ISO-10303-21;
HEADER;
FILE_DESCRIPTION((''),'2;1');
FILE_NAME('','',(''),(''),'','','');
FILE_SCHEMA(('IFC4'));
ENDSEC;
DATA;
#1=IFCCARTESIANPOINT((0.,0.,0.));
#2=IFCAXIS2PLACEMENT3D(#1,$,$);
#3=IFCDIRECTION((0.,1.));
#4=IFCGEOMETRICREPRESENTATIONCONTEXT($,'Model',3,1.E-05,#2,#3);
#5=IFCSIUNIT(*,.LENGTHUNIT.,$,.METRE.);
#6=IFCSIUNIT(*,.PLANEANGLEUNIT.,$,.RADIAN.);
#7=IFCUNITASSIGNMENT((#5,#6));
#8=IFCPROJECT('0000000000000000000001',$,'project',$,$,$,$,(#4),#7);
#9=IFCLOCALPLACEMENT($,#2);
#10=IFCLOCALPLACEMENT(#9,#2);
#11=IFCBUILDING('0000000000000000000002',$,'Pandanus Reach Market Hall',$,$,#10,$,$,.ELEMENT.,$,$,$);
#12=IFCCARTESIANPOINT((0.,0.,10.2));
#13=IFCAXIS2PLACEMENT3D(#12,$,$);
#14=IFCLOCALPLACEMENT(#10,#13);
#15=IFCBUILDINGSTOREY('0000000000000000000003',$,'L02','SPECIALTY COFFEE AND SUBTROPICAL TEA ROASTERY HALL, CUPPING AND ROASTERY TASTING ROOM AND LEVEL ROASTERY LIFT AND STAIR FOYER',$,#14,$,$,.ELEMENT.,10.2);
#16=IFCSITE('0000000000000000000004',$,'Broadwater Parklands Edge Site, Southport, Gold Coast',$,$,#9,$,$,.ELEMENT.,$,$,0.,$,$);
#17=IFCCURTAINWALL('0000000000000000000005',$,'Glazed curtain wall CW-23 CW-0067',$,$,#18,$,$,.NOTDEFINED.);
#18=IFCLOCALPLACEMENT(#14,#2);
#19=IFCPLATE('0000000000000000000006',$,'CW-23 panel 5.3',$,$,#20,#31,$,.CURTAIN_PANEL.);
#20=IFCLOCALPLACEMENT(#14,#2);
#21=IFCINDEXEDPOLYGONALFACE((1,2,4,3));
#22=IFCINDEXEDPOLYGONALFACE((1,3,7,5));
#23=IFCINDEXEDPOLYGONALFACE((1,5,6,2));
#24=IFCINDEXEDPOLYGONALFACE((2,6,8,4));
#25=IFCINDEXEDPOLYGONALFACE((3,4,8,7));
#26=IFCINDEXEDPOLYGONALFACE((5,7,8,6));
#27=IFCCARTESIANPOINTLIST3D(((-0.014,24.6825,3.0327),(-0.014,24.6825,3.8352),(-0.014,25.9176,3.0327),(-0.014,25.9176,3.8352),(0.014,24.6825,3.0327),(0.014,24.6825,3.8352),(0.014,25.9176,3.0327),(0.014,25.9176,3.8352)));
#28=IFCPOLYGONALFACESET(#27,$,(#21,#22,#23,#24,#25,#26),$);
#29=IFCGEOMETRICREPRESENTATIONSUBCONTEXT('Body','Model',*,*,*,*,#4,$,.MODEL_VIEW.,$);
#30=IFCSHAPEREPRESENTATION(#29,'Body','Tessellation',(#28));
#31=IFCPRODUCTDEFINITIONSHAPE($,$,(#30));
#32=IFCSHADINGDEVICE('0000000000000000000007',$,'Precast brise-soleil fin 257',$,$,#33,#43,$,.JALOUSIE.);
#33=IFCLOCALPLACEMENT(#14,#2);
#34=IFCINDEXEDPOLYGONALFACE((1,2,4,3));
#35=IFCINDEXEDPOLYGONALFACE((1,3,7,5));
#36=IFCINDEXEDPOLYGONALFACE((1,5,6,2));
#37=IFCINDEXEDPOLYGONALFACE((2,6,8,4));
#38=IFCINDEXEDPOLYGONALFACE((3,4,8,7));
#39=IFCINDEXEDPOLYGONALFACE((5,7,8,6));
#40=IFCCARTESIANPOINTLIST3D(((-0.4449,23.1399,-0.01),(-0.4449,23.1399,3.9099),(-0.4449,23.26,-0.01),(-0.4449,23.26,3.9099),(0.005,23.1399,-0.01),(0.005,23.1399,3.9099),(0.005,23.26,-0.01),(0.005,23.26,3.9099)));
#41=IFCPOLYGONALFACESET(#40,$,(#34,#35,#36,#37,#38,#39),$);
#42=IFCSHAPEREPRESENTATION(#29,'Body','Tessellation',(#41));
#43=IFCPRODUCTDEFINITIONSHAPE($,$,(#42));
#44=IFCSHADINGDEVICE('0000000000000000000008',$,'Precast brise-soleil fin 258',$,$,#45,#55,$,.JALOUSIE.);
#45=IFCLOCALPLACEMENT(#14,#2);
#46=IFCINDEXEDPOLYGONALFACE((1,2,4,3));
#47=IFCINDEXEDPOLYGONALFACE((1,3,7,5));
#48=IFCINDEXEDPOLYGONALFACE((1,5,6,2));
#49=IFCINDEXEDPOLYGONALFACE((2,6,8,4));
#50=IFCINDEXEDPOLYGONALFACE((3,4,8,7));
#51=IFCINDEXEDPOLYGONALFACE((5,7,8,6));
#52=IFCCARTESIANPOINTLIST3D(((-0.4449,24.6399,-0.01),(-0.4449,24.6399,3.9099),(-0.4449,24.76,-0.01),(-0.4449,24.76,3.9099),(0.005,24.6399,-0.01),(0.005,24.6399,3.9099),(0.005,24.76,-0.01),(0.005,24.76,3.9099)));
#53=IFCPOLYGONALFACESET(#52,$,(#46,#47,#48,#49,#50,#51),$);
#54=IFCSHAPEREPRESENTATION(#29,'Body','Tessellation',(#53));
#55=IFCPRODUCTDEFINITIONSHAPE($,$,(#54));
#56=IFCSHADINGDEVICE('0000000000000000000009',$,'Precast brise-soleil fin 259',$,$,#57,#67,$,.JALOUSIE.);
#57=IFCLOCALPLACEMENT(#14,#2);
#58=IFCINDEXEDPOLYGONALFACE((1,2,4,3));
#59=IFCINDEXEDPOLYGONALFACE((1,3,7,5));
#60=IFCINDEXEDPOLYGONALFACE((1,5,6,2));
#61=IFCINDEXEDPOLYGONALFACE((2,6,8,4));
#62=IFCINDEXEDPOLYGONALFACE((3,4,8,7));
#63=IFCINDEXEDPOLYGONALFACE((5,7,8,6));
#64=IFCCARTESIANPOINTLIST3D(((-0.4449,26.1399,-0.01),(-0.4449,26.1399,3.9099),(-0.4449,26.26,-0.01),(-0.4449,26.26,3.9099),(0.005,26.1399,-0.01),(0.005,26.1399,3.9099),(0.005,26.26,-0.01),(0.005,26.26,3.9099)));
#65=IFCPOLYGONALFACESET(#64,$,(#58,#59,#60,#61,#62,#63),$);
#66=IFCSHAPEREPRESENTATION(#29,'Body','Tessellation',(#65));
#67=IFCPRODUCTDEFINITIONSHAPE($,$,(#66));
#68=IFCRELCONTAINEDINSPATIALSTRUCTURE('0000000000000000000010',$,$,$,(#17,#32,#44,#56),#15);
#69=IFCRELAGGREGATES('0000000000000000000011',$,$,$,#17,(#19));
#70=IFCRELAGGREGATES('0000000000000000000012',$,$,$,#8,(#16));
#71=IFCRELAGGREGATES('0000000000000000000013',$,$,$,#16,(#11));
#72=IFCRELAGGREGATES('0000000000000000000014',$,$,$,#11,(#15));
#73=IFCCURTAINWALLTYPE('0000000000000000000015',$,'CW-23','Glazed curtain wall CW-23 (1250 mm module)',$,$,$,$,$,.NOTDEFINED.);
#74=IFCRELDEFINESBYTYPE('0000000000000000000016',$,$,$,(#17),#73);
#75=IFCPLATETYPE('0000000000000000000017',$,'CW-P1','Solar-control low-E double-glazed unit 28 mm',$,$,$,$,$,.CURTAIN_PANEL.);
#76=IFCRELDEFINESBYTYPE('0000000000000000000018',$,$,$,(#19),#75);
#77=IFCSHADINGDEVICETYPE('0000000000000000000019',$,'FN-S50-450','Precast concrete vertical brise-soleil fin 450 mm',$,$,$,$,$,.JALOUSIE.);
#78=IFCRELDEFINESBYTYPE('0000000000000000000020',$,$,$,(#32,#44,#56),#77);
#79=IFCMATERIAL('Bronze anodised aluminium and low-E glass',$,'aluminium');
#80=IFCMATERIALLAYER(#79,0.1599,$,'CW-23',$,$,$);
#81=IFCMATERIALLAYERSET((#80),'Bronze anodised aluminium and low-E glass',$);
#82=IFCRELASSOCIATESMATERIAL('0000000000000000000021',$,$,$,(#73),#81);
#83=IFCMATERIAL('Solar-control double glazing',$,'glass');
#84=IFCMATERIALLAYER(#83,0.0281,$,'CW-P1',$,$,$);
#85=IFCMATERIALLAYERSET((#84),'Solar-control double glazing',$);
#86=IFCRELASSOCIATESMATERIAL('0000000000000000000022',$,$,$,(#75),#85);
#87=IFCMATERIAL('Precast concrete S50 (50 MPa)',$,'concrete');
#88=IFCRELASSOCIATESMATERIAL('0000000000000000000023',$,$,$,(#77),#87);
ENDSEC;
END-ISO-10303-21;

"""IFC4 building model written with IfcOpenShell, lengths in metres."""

from ifc_helpers import new_model, si_unit, direction, frame, origin, origin_2d, place, context, subcontext, project, spatial, rectangle, extrude, material, layer, layer_set, type_object, element, aggregate, save


model = new_model("IFC4")

# Units and contexts
model_context = context("Model", 3, precision=1e-05, world=origin(), true_north=direction((0.0, 1.0)))
body_context = subcontext(model_context, "Body", "Model", "MODEL_VIEW")
ifc_project = project(units=[si_unit("LENGTHUNIT", "METRE"), si_unit("PLANEANGLEUNIT", "RADIAN")], contexts=[model_context])

# Site, building, storey
site_placement = place(None, origin())
site = spatial("IfcSite", under=ifc_project, at=site_placement, Name="Broadwater Parklands Edge Site, Southport, Gold Coast", CompositionType="ELEMENT", RefElevation=0.0)
building_placement = place(site_placement, origin())
building = spatial("IfcBuilding", under=site, at=building_placement, Name="Pandanus Reach Market Hall", CompositionType="ELEMENT")
storey_placement = place(building_placement, frame((0.0, 0.0, 10.2)))
storey = spatial("IfcBuildingStorey", under=building, at=storey_placement, Name="L02", Description="SPECIALTY COFFEE AND SUBTROPICAL TEA ROASTERY HALL, CUPPING AND ROASTERY TASTING ROOM AND LEVEL ROASTERY LIFT AND STAIR FOYER", CompositionType="ELEMENT", Elevation=10.2)

# Curtain wall, plate
ifc_material_1 = material(Name="Bronze anodised aluminium and low-E glass", Category="aluminium")
ifc_layer_1 = layer(ifc_material_1, 0.1599, Name="CW-23")
ifc_layer_set_1 = layer_set([ifc_layer_1], Name="Bronze anodised aluminium and low-E glass")
curtain_wall_type = type_object("IfcCurtainWallType", Name="CW-23", Description="Glazed curtain wall CW-23 (1250 mm module)", PredefinedType="NOTDEFINED", material=ifc_layer_set_1)
curtain_wall_placement = place(storey_placement, origin())
curtain_wall = element("IfcCurtainWall", 1, at=curtain_wall_placement, inside=storey, type_object=curtain_wall_type, Name="Glazed curtain wall CW-23 CW-0067", PredefinedType="NOTDEFINED")
ifc_material_2 = material(Name="Solar-control double glazing", Category="glass")
ifc_layer_2 = layer(ifc_material_2, 0.0281, Name="CW-P1")
ifc_layer_set_2 = layer_set([ifc_layer_2], Name="Solar-control double glazing")
plate_type = type_object("IfcPlateType", Name="CW-P1", Description="Solar-control low-E double-glazed unit 28 mm", PredefinedType="CURTAIN_PANEL", material=ifc_layer_set_2)
plate_1_placement = place(storey_placement, frame((0.0, 25.3, 3.0327), z_axis=(0.0, 0.0, 1.0), x_axis=(0.0, 1.0, 0.0)))
plate_1 = element("IfcPlate", 2, at=plate_1_placement, type_object=plate_type, Name="CW-23 panel 5.3", PredefinedType="CURTAIN_PANEL", context=body_context, shape_type="SweptSolid", body=[
    extrude(rectangle(XDim=1.2351, YDim=0.0281, at=origin_2d()), origin(), (0.0, 0.0, 1.0), 0.8025),
])
aggregate(curtain_wall, [plate_1])

# Shading devices
ifc_material_3 = material(Name="Precast concrete S50 (50 MPa)", Category="concrete")
shading_device_type = type_object("IfcShadingDeviceType", Name="FN-S50-450", Description="Precast concrete vertical brise-soleil fin 450 mm", PredefinedType="JALOUSIE", material=ifc_material_3)
for number, where, z_axis, x_axis, name in (
    (3, (-0.22, 23.2, -0.01), (0.0, 0.0, 1.0), (-1.0, 0.0, 0.0), "Precast brise-soleil fin 257"),
    (4, (-0.22, 24.7, -0.01), (0.0, 0.0, 1.0), (-1.0, 0.0, 0.0), "Precast brise-soleil fin 258"),
    (5, (-0.22, 26.2, -0.01), (0.0, 0.0, 1.0), (-1.0, 0.0, 0.0), "Precast brise-soleil fin 259"),
):
    element("IfcShadingDevice", number, at=place(storey_placement, frame(where, z_axis=z_axis, x_axis=x_axis)), inside=storey, type_object=shading_device_type, Name=name, PredefinedType="JALOUSIE", context=body_context, shape_type="SweptSolid", body=[
        extrude(rectangle(XDim=0.45, YDim=0.1201, at=origin_2d()), origin(), (0.0, 0.0, 1.0), 3.9199),
    ])

save(model, "model.ifc")
